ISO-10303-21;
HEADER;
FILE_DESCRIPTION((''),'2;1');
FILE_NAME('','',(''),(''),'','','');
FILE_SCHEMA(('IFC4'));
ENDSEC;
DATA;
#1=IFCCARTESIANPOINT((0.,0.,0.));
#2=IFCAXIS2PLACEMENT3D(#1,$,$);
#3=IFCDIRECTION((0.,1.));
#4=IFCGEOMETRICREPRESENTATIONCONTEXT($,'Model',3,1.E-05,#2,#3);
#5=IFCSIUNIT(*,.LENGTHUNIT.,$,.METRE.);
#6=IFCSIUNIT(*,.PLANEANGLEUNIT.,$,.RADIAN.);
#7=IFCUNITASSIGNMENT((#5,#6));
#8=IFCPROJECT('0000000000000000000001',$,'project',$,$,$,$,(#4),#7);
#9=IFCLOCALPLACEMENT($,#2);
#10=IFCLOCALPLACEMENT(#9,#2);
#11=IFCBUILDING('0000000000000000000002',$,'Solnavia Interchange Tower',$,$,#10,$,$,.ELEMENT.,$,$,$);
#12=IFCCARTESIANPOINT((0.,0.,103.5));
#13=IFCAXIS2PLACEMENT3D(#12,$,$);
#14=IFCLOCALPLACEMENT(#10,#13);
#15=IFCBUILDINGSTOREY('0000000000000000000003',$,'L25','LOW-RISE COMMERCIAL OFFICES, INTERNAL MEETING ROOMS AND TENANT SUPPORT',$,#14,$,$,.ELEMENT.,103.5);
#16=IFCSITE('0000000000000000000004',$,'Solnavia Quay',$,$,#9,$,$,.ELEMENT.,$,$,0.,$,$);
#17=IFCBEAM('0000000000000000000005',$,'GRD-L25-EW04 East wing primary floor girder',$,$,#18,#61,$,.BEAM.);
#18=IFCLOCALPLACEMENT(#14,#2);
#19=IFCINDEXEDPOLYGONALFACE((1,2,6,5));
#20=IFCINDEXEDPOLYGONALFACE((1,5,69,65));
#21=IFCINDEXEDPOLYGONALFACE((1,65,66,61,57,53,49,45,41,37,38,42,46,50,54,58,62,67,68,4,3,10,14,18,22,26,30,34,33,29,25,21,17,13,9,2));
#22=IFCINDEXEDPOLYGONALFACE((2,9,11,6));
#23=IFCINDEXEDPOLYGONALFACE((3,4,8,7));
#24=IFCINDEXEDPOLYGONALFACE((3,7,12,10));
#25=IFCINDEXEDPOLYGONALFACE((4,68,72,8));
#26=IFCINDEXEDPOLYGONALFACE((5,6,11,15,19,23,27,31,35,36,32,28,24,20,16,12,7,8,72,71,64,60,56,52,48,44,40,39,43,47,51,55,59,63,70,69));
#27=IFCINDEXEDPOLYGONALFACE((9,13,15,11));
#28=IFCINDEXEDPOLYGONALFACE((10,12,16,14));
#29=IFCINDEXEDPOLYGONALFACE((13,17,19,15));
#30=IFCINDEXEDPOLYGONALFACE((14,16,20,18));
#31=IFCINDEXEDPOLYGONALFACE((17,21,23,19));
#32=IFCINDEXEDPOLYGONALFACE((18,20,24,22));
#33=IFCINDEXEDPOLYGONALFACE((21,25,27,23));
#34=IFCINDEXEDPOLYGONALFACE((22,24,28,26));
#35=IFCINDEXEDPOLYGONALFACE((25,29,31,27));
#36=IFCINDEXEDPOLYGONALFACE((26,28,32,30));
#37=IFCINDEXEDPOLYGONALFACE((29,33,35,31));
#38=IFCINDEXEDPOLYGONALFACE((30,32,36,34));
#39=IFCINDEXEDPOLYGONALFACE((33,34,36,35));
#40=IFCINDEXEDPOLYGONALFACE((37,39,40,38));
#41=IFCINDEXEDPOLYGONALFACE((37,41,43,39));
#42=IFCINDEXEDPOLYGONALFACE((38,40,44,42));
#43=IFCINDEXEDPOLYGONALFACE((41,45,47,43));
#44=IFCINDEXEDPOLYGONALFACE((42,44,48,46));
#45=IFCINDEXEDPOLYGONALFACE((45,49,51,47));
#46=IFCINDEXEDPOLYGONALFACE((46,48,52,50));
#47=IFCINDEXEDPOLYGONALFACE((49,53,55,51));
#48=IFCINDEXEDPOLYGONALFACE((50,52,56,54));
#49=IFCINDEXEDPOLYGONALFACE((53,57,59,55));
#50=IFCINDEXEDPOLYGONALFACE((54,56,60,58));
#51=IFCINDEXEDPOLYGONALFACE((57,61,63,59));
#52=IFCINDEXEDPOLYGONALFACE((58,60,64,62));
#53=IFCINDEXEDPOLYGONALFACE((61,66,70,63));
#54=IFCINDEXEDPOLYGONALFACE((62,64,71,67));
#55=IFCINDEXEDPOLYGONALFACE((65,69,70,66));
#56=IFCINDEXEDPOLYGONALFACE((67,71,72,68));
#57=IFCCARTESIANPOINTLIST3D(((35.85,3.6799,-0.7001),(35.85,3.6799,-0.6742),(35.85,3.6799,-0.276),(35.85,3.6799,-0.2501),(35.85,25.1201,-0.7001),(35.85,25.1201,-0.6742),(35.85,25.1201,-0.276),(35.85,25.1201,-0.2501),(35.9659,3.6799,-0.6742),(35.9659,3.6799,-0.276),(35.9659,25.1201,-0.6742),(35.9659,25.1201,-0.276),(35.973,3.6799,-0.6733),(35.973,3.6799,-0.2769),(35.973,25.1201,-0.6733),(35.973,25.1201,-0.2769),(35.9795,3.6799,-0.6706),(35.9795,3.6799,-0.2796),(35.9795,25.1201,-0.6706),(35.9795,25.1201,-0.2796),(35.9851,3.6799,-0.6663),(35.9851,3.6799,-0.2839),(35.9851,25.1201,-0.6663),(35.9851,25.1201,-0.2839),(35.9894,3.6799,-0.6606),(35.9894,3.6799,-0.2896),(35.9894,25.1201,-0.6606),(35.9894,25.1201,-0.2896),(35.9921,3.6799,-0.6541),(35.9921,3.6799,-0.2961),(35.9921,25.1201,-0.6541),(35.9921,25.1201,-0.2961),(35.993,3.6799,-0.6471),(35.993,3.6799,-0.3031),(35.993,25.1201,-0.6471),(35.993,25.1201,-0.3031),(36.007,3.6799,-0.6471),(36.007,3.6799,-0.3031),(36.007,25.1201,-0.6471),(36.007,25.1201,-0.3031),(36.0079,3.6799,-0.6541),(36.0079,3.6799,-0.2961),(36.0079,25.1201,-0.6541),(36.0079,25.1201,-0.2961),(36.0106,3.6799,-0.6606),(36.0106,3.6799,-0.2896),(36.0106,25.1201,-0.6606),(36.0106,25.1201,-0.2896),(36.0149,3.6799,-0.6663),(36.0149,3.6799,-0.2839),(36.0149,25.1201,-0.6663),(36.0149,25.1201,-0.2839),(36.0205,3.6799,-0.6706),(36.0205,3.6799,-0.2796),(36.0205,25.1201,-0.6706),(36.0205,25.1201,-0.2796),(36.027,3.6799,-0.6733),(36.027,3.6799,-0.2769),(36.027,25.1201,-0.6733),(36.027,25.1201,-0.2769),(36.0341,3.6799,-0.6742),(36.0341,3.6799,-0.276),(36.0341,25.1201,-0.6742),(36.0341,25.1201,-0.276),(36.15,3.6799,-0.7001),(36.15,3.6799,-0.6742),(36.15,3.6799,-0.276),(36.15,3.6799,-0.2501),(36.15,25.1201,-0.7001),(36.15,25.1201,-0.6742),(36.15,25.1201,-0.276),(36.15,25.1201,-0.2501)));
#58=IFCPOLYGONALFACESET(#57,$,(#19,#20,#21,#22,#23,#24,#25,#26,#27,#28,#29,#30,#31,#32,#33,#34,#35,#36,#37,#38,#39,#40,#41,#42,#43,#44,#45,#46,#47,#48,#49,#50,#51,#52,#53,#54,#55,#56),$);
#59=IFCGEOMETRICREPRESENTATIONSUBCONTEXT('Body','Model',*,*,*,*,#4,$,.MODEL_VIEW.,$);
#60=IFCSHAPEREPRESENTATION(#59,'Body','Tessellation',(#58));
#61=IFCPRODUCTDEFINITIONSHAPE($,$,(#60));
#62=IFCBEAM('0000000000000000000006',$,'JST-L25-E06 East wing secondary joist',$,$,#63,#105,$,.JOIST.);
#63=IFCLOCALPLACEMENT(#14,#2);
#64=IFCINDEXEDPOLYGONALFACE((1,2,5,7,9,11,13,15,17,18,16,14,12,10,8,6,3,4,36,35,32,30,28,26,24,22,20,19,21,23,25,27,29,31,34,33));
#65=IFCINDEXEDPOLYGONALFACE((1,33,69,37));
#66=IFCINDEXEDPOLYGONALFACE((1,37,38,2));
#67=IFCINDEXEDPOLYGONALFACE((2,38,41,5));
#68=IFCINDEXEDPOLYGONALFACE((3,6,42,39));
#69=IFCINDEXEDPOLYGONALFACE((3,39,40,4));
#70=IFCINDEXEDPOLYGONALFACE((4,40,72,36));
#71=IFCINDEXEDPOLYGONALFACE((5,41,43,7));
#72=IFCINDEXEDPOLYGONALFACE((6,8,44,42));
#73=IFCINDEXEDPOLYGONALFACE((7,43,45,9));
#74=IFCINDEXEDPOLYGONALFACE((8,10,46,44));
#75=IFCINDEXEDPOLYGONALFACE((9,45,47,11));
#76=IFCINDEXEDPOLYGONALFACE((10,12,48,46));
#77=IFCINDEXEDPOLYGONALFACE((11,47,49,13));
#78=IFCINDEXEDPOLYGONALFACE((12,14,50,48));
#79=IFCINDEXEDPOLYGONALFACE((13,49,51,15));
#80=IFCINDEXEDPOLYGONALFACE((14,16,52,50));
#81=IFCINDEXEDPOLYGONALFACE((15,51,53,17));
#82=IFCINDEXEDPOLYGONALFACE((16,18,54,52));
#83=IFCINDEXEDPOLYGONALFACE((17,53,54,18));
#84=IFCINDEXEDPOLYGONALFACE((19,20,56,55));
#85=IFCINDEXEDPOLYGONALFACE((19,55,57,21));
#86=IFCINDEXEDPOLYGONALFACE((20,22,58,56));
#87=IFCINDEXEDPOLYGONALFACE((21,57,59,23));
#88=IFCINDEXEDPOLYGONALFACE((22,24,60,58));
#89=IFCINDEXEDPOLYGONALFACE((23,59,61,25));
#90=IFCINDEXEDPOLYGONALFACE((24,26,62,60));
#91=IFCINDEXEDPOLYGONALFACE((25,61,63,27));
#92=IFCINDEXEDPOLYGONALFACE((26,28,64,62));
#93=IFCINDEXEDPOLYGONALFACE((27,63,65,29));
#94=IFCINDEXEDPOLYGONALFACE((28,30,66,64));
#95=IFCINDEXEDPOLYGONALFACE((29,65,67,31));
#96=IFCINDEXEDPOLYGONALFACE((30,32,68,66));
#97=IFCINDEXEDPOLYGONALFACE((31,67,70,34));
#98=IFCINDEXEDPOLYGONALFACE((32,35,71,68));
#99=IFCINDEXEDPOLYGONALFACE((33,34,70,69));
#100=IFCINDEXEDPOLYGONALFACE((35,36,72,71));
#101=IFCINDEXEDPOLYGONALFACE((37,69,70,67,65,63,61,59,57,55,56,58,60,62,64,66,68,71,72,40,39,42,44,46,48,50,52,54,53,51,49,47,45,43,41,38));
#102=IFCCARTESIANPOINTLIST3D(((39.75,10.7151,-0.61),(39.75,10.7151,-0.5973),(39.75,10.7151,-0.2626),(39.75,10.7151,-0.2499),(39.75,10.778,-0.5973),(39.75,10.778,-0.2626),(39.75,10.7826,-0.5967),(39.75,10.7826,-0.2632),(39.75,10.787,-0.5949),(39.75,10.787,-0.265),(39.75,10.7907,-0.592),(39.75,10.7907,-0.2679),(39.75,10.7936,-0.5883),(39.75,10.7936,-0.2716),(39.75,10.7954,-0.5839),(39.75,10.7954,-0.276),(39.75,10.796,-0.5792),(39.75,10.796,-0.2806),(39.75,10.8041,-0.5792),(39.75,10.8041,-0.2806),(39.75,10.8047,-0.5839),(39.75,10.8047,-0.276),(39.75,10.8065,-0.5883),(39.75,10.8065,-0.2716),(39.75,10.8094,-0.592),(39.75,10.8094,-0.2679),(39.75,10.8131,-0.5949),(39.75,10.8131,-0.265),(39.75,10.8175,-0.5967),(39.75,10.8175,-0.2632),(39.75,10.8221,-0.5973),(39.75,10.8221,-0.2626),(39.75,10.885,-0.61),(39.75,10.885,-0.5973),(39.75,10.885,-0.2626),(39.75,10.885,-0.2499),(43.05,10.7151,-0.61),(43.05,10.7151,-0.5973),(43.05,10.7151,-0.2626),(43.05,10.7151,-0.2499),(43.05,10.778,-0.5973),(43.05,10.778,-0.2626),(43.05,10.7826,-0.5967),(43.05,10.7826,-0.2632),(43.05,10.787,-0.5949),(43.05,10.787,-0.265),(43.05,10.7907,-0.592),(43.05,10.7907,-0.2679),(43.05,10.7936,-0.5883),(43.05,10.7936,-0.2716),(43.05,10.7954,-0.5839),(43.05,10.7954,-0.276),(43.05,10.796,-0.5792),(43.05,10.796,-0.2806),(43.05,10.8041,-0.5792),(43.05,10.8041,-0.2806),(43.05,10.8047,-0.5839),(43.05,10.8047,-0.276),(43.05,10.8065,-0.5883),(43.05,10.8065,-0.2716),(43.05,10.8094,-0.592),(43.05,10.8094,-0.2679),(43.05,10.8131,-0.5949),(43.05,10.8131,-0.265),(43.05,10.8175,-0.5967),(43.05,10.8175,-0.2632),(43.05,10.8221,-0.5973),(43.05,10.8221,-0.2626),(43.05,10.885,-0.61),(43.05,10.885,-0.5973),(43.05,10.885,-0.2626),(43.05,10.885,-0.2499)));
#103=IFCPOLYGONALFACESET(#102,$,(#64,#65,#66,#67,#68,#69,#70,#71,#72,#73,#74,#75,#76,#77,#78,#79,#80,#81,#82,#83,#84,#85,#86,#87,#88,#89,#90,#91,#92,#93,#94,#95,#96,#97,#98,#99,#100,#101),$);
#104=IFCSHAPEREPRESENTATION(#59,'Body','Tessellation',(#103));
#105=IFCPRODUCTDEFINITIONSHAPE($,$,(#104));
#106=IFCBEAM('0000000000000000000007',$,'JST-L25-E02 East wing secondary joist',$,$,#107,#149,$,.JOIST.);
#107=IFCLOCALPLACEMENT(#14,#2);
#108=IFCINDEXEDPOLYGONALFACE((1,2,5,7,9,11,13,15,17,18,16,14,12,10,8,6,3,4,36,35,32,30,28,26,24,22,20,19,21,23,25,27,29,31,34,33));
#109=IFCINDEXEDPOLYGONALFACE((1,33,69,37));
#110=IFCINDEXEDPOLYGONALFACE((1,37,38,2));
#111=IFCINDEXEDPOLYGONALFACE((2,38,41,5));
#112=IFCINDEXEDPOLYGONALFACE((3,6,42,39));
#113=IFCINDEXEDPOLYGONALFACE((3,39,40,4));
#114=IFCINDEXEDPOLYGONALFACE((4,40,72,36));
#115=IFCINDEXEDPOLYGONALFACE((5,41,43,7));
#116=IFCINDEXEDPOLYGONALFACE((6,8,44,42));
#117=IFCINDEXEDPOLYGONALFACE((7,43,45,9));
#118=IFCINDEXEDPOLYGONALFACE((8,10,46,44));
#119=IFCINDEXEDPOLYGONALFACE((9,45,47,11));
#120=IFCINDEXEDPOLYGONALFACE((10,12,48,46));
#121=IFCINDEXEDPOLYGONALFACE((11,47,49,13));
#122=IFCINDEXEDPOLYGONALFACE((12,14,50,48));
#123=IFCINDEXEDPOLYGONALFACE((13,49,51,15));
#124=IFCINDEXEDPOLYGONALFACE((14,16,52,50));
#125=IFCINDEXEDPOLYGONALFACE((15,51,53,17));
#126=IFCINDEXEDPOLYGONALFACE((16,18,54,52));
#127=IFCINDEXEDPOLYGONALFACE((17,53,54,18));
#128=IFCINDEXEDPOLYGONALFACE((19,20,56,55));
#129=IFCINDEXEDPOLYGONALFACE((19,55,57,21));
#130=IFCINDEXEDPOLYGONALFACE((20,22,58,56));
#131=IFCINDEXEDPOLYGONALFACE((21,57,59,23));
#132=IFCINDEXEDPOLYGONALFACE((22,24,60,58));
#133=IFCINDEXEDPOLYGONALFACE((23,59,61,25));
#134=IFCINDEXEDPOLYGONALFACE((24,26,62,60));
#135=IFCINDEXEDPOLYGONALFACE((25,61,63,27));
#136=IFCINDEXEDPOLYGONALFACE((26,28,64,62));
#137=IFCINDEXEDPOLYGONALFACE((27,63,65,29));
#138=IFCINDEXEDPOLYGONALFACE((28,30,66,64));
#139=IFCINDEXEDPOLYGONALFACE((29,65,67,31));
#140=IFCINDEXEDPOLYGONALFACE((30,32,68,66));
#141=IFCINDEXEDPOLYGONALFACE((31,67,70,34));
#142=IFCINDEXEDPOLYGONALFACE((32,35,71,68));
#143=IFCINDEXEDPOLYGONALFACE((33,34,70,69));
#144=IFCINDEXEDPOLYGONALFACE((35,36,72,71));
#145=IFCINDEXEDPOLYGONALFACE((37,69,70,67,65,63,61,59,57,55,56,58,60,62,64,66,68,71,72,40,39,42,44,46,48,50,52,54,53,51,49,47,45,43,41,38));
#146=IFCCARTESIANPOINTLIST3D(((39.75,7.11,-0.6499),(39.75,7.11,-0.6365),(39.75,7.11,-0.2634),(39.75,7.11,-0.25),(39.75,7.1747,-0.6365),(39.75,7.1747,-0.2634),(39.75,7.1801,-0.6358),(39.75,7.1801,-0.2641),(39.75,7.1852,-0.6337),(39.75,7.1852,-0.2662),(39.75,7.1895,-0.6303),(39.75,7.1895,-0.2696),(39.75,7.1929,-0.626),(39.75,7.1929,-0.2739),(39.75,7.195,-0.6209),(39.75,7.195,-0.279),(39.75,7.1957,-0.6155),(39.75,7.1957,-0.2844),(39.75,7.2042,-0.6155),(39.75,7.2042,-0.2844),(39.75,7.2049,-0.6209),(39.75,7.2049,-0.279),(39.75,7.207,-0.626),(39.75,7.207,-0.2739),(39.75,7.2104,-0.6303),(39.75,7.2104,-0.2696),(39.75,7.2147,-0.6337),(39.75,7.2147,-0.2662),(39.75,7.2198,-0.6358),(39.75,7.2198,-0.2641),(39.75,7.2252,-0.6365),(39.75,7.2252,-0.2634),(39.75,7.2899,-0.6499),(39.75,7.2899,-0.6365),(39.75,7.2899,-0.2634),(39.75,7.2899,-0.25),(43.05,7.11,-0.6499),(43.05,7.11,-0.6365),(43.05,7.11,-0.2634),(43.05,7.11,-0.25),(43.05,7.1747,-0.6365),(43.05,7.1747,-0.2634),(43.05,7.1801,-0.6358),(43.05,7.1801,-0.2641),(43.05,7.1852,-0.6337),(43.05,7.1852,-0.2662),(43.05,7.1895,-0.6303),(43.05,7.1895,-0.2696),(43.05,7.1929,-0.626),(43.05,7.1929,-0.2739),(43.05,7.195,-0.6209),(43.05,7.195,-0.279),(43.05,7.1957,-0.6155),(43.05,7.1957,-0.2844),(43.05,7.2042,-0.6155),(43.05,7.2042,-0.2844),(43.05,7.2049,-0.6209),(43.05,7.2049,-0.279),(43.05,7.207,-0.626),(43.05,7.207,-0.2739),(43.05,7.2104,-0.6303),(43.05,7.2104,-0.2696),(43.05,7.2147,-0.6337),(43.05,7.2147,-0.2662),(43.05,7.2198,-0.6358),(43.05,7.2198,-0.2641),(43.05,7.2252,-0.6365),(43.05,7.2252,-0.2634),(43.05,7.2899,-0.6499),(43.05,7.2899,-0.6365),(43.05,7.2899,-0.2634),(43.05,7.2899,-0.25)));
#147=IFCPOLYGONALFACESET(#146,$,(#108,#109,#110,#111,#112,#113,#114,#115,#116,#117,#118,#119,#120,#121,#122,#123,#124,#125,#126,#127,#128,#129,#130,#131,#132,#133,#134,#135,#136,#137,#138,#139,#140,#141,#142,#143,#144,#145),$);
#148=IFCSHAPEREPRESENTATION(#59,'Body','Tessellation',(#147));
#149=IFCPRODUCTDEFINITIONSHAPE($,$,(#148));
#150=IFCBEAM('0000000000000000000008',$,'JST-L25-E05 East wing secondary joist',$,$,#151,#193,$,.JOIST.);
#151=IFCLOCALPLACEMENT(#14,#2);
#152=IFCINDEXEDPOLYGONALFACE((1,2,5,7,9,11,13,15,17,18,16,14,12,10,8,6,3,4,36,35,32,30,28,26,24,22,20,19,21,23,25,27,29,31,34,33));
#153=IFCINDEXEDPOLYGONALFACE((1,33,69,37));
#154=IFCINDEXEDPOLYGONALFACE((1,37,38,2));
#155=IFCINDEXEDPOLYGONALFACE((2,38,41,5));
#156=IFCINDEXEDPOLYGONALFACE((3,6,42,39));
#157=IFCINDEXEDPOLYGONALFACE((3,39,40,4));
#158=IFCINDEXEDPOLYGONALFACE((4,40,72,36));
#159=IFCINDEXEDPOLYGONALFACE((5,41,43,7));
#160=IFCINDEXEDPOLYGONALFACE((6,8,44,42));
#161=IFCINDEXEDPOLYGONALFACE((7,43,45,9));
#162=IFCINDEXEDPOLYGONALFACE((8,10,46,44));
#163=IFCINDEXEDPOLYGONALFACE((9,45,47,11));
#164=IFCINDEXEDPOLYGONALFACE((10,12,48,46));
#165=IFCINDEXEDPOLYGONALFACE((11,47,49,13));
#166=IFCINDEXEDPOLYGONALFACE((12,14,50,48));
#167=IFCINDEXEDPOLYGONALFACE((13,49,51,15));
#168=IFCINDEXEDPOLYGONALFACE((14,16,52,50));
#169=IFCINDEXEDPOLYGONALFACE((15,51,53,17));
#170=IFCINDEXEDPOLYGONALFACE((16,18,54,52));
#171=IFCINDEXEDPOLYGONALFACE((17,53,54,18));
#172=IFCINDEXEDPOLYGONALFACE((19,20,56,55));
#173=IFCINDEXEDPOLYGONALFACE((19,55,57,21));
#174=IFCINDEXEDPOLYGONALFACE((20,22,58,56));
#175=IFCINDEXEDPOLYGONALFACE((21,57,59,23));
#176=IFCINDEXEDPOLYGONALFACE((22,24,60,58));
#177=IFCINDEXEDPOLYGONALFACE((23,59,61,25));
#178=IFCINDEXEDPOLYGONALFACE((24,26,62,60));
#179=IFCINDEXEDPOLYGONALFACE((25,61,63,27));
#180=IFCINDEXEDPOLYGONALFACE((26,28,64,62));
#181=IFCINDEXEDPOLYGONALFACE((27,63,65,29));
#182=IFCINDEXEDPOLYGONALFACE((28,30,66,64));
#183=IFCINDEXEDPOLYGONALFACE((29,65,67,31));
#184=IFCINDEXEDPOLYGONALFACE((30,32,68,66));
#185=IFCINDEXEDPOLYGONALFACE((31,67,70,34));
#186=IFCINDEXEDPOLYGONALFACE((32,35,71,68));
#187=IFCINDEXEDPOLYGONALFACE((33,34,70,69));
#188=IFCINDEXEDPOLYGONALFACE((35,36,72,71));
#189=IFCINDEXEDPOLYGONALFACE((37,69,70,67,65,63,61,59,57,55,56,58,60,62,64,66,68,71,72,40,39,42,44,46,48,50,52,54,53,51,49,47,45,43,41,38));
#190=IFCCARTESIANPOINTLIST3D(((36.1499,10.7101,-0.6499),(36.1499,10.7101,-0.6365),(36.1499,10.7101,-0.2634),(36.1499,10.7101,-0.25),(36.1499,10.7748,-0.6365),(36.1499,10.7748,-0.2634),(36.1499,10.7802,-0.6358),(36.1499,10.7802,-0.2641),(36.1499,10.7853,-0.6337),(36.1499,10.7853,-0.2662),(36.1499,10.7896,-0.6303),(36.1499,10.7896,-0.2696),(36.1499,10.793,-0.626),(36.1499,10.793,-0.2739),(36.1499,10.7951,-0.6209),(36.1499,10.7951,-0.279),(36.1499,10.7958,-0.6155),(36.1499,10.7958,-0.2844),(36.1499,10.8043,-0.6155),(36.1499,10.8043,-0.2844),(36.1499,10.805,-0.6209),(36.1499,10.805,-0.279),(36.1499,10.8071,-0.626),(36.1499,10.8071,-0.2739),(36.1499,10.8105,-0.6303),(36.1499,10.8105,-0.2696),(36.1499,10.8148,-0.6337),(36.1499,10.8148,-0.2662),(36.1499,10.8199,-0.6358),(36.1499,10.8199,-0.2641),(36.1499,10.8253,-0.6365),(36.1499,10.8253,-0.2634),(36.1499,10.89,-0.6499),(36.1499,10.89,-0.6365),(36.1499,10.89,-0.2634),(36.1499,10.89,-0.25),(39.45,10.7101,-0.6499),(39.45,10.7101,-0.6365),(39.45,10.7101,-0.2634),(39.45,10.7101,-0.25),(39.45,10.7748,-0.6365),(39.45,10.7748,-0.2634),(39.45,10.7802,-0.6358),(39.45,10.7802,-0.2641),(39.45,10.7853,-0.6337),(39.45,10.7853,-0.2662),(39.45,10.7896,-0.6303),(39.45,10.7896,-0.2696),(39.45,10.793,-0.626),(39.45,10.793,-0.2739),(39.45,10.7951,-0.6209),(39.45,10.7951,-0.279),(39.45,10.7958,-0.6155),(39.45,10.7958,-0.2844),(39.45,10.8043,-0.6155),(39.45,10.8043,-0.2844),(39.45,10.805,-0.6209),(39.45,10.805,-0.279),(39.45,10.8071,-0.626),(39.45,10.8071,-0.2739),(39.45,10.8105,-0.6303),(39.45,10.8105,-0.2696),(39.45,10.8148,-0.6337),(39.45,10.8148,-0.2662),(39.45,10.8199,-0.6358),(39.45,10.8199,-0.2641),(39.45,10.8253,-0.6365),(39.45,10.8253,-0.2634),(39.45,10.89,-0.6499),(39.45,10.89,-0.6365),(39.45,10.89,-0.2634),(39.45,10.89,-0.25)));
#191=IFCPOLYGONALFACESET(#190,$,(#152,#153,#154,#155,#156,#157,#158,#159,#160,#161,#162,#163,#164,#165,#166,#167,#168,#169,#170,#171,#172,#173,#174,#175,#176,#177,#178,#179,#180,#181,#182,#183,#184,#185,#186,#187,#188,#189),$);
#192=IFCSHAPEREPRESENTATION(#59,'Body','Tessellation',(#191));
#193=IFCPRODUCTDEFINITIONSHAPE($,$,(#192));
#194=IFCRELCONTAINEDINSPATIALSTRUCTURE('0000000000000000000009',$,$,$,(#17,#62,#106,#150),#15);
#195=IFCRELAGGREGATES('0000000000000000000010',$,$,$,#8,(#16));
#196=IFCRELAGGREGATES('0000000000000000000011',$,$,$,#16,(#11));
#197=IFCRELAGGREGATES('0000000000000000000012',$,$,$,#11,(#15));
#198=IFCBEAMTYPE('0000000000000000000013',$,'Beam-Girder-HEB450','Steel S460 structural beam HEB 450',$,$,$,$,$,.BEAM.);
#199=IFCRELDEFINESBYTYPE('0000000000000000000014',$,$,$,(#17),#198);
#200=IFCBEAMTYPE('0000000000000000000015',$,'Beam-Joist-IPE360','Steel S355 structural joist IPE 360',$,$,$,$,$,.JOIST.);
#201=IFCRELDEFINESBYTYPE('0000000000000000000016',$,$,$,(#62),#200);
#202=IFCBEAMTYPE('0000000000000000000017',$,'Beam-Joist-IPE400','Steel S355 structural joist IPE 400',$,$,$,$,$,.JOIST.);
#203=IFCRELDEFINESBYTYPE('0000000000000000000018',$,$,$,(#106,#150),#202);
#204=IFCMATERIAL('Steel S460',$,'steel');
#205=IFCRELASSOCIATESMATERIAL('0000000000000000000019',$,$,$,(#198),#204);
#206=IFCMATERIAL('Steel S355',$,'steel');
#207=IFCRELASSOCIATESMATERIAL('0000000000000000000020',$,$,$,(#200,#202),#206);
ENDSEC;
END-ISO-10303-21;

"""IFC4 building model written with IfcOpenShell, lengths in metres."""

from ifc_helpers import new_model, si_unit, direction, frame, origin, origin_2d, place, context, subcontext, project, spatial, i_section, extrude, material, material_profile, profile_set, type_object, element, save


model = new_model("IFC4")

# Units and contexts
model_context = context("Model", 3, precision=1e-05, world=origin(), true_north=direction((0.0, 1.0)))
body_context = subcontext(model_context, "Body", "Model", "MODEL_VIEW")
ifc_project = project(units=[si_unit("LENGTHUNIT", "METRE"), si_unit("PLANEANGLEUNIT", "RADIAN")], contexts=[model_context])

# Site, building, storey
site_placement = place(None, origin())
site = spatial("IfcSite", under=ifc_project, at=site_placement, Name="Solnavia Quay", CompositionType="ELEMENT", RefElevation=0.0)
building_placement = place(site_placement, origin())
building = spatial("IfcBuilding", under=site, at=building_placement, Name="Solnavia Interchange Tower", CompositionType="ELEMENT")
storey_placement = place(building_placement, frame((0.0, 0.0, 103.5)))
storey = spatial("IfcBuildingStorey", under=building, at=storey_placement, Name="L25", Description="LOW-RISE COMMERCIAL OFFICES, INTERNAL MEETING ROOMS AND TENANT SUPPORT", CompositionType="ELEMENT", Elevation=103.5)

# Shared definitions
ifc_material_1 = material(Name="Steel S355", Category="steel")

# Beams
ifc_material_2 = material(Name="Steel S460", Category="steel")
ifc_material_profile_1 = material_profile(ifc_material_2, i_section(OverallWidth=0.3, OverallDepth=0.45, WebThickness=0.0139, FlangeThickness=0.0259, FilletRadius=0.0271, at=origin_2d()), Name="HEB 450")
ifc_profile_set_1 = profile_set([ifc_material_profile_1], Name="Steel S460")
beam_type_1 = type_object("IfcBeamType", Name="Beam-Girder-HEB450", Description="Steel S460 structural beam HEB 450", PredefinedType="BEAM", material=ifc_profile_set_1)
beam_1_placement = place(storey_placement, frame((36.0, 3.6799, -0.4751), z_axis=(0.0, 1.0, 0.0), x_axis=(-1.0, 0.0, 0.0)))
element("IfcBeam", 1, at=beam_1_placement, inside=storey, type_object=beam_type_1, Name="GRD-L25-EW04 East wing primary floor girder", PredefinedType="BEAM", context=body_context, shape_type="SweptSolid", body=[
    extrude(i_section(OverallWidth=0.3, OverallDepth=0.45, WebThickness=0.0139, FlangeThickness=0.0259, FilletRadius=0.0271, at=origin_2d()), origin(), (0.0, 0.0, 1.0), 21.4402),
])
ifc_material_profile_2 = material_profile(ifc_material_1, i_section(OverallWidth=0.1699, OverallDepth=0.3601, WebThickness=0.0081, FlangeThickness=0.0127, FilletRadius=0.0181, at=origin_2d()), Name="IPE 360")
ifc_profile_set_2 = profile_set([ifc_material_profile_2], Name="Steel S355")
beam_type_2 = type_object("IfcBeamType", Name="Beam-Joist-IPE360", Description="Steel S355 structural joist IPE 360", PredefinedType="JOIST", material=ifc_profile_set_2)
beam_2_placement = place(storey_placement, frame((39.75, 10.8, -0.4299), z_axis=(1.0, 0.0, 0.0), x_axis=(0.0, 1.0, 0.0)))
element("IfcBeam", 2, at=beam_2_placement, inside=storey, type_object=beam_type_2, Name="JST-L25-E06 East wing secondary joist", PredefinedType="JOIST", context=body_context, shape_type="SweptSolid", body=[
    extrude(i_section(OverallWidth=0.1699, OverallDepth=0.3601, WebThickness=0.0081, FlangeThickness=0.0127, FilletRadius=0.0181, at=origin_2d()), origin(), (0.0, 0.0, 1.0), 3.3),
])
ifc_material_profile_3 = material_profile(ifc_material_1, i_section(OverallWidth=0.1799, OverallDepth=0.3999, WebThickness=0.0085, FlangeThickness=0.0134, FilletRadius=0.021, at=origin_2d()), Name="IPE 400")
ifc_profile_set_3 = profile_set([ifc_material_profile_3], Name="Steel S355")
beam_type_3 = type_object("IfcBeamType", Name="Beam-Joist-IPE400", Description="Steel S355 structural joist IPE 400", PredefinedType="JOIST", material=ifc_profile_set_3)
for number, where, z_axis, x_axis, name in (
    (3, (39.75, 7.2, -0.45), (1.0, 0.0, 0.0), (0.0, 1.0, 0.0), "JST-L25-E02 East wing secondary joist"),
    (4, (36.1499, 10.8, -0.45), (1.0, 0.0, 0.0), (0.0, 1.0, 0.0), "JST-L25-E05 East wing secondary joist"),
):
    element("IfcBeam", number, at=place(storey_placement, frame(where, z_axis=z_axis, x_axis=x_axis)), inside=storey, type_object=beam_type_3, Name=name, PredefinedType="JOIST", context=body_context, shape_type="SweptSolid", body=[
        extrude(i_section(OverallWidth=0.1799, OverallDepth=0.3999, WebThickness=0.0085, FlangeThickness=0.0134, FilletRadius=0.021, at=origin_2d()), origin(), (0.0, 0.0, 1.0), 3.3),
    ])

save(model, "model.ifc")
